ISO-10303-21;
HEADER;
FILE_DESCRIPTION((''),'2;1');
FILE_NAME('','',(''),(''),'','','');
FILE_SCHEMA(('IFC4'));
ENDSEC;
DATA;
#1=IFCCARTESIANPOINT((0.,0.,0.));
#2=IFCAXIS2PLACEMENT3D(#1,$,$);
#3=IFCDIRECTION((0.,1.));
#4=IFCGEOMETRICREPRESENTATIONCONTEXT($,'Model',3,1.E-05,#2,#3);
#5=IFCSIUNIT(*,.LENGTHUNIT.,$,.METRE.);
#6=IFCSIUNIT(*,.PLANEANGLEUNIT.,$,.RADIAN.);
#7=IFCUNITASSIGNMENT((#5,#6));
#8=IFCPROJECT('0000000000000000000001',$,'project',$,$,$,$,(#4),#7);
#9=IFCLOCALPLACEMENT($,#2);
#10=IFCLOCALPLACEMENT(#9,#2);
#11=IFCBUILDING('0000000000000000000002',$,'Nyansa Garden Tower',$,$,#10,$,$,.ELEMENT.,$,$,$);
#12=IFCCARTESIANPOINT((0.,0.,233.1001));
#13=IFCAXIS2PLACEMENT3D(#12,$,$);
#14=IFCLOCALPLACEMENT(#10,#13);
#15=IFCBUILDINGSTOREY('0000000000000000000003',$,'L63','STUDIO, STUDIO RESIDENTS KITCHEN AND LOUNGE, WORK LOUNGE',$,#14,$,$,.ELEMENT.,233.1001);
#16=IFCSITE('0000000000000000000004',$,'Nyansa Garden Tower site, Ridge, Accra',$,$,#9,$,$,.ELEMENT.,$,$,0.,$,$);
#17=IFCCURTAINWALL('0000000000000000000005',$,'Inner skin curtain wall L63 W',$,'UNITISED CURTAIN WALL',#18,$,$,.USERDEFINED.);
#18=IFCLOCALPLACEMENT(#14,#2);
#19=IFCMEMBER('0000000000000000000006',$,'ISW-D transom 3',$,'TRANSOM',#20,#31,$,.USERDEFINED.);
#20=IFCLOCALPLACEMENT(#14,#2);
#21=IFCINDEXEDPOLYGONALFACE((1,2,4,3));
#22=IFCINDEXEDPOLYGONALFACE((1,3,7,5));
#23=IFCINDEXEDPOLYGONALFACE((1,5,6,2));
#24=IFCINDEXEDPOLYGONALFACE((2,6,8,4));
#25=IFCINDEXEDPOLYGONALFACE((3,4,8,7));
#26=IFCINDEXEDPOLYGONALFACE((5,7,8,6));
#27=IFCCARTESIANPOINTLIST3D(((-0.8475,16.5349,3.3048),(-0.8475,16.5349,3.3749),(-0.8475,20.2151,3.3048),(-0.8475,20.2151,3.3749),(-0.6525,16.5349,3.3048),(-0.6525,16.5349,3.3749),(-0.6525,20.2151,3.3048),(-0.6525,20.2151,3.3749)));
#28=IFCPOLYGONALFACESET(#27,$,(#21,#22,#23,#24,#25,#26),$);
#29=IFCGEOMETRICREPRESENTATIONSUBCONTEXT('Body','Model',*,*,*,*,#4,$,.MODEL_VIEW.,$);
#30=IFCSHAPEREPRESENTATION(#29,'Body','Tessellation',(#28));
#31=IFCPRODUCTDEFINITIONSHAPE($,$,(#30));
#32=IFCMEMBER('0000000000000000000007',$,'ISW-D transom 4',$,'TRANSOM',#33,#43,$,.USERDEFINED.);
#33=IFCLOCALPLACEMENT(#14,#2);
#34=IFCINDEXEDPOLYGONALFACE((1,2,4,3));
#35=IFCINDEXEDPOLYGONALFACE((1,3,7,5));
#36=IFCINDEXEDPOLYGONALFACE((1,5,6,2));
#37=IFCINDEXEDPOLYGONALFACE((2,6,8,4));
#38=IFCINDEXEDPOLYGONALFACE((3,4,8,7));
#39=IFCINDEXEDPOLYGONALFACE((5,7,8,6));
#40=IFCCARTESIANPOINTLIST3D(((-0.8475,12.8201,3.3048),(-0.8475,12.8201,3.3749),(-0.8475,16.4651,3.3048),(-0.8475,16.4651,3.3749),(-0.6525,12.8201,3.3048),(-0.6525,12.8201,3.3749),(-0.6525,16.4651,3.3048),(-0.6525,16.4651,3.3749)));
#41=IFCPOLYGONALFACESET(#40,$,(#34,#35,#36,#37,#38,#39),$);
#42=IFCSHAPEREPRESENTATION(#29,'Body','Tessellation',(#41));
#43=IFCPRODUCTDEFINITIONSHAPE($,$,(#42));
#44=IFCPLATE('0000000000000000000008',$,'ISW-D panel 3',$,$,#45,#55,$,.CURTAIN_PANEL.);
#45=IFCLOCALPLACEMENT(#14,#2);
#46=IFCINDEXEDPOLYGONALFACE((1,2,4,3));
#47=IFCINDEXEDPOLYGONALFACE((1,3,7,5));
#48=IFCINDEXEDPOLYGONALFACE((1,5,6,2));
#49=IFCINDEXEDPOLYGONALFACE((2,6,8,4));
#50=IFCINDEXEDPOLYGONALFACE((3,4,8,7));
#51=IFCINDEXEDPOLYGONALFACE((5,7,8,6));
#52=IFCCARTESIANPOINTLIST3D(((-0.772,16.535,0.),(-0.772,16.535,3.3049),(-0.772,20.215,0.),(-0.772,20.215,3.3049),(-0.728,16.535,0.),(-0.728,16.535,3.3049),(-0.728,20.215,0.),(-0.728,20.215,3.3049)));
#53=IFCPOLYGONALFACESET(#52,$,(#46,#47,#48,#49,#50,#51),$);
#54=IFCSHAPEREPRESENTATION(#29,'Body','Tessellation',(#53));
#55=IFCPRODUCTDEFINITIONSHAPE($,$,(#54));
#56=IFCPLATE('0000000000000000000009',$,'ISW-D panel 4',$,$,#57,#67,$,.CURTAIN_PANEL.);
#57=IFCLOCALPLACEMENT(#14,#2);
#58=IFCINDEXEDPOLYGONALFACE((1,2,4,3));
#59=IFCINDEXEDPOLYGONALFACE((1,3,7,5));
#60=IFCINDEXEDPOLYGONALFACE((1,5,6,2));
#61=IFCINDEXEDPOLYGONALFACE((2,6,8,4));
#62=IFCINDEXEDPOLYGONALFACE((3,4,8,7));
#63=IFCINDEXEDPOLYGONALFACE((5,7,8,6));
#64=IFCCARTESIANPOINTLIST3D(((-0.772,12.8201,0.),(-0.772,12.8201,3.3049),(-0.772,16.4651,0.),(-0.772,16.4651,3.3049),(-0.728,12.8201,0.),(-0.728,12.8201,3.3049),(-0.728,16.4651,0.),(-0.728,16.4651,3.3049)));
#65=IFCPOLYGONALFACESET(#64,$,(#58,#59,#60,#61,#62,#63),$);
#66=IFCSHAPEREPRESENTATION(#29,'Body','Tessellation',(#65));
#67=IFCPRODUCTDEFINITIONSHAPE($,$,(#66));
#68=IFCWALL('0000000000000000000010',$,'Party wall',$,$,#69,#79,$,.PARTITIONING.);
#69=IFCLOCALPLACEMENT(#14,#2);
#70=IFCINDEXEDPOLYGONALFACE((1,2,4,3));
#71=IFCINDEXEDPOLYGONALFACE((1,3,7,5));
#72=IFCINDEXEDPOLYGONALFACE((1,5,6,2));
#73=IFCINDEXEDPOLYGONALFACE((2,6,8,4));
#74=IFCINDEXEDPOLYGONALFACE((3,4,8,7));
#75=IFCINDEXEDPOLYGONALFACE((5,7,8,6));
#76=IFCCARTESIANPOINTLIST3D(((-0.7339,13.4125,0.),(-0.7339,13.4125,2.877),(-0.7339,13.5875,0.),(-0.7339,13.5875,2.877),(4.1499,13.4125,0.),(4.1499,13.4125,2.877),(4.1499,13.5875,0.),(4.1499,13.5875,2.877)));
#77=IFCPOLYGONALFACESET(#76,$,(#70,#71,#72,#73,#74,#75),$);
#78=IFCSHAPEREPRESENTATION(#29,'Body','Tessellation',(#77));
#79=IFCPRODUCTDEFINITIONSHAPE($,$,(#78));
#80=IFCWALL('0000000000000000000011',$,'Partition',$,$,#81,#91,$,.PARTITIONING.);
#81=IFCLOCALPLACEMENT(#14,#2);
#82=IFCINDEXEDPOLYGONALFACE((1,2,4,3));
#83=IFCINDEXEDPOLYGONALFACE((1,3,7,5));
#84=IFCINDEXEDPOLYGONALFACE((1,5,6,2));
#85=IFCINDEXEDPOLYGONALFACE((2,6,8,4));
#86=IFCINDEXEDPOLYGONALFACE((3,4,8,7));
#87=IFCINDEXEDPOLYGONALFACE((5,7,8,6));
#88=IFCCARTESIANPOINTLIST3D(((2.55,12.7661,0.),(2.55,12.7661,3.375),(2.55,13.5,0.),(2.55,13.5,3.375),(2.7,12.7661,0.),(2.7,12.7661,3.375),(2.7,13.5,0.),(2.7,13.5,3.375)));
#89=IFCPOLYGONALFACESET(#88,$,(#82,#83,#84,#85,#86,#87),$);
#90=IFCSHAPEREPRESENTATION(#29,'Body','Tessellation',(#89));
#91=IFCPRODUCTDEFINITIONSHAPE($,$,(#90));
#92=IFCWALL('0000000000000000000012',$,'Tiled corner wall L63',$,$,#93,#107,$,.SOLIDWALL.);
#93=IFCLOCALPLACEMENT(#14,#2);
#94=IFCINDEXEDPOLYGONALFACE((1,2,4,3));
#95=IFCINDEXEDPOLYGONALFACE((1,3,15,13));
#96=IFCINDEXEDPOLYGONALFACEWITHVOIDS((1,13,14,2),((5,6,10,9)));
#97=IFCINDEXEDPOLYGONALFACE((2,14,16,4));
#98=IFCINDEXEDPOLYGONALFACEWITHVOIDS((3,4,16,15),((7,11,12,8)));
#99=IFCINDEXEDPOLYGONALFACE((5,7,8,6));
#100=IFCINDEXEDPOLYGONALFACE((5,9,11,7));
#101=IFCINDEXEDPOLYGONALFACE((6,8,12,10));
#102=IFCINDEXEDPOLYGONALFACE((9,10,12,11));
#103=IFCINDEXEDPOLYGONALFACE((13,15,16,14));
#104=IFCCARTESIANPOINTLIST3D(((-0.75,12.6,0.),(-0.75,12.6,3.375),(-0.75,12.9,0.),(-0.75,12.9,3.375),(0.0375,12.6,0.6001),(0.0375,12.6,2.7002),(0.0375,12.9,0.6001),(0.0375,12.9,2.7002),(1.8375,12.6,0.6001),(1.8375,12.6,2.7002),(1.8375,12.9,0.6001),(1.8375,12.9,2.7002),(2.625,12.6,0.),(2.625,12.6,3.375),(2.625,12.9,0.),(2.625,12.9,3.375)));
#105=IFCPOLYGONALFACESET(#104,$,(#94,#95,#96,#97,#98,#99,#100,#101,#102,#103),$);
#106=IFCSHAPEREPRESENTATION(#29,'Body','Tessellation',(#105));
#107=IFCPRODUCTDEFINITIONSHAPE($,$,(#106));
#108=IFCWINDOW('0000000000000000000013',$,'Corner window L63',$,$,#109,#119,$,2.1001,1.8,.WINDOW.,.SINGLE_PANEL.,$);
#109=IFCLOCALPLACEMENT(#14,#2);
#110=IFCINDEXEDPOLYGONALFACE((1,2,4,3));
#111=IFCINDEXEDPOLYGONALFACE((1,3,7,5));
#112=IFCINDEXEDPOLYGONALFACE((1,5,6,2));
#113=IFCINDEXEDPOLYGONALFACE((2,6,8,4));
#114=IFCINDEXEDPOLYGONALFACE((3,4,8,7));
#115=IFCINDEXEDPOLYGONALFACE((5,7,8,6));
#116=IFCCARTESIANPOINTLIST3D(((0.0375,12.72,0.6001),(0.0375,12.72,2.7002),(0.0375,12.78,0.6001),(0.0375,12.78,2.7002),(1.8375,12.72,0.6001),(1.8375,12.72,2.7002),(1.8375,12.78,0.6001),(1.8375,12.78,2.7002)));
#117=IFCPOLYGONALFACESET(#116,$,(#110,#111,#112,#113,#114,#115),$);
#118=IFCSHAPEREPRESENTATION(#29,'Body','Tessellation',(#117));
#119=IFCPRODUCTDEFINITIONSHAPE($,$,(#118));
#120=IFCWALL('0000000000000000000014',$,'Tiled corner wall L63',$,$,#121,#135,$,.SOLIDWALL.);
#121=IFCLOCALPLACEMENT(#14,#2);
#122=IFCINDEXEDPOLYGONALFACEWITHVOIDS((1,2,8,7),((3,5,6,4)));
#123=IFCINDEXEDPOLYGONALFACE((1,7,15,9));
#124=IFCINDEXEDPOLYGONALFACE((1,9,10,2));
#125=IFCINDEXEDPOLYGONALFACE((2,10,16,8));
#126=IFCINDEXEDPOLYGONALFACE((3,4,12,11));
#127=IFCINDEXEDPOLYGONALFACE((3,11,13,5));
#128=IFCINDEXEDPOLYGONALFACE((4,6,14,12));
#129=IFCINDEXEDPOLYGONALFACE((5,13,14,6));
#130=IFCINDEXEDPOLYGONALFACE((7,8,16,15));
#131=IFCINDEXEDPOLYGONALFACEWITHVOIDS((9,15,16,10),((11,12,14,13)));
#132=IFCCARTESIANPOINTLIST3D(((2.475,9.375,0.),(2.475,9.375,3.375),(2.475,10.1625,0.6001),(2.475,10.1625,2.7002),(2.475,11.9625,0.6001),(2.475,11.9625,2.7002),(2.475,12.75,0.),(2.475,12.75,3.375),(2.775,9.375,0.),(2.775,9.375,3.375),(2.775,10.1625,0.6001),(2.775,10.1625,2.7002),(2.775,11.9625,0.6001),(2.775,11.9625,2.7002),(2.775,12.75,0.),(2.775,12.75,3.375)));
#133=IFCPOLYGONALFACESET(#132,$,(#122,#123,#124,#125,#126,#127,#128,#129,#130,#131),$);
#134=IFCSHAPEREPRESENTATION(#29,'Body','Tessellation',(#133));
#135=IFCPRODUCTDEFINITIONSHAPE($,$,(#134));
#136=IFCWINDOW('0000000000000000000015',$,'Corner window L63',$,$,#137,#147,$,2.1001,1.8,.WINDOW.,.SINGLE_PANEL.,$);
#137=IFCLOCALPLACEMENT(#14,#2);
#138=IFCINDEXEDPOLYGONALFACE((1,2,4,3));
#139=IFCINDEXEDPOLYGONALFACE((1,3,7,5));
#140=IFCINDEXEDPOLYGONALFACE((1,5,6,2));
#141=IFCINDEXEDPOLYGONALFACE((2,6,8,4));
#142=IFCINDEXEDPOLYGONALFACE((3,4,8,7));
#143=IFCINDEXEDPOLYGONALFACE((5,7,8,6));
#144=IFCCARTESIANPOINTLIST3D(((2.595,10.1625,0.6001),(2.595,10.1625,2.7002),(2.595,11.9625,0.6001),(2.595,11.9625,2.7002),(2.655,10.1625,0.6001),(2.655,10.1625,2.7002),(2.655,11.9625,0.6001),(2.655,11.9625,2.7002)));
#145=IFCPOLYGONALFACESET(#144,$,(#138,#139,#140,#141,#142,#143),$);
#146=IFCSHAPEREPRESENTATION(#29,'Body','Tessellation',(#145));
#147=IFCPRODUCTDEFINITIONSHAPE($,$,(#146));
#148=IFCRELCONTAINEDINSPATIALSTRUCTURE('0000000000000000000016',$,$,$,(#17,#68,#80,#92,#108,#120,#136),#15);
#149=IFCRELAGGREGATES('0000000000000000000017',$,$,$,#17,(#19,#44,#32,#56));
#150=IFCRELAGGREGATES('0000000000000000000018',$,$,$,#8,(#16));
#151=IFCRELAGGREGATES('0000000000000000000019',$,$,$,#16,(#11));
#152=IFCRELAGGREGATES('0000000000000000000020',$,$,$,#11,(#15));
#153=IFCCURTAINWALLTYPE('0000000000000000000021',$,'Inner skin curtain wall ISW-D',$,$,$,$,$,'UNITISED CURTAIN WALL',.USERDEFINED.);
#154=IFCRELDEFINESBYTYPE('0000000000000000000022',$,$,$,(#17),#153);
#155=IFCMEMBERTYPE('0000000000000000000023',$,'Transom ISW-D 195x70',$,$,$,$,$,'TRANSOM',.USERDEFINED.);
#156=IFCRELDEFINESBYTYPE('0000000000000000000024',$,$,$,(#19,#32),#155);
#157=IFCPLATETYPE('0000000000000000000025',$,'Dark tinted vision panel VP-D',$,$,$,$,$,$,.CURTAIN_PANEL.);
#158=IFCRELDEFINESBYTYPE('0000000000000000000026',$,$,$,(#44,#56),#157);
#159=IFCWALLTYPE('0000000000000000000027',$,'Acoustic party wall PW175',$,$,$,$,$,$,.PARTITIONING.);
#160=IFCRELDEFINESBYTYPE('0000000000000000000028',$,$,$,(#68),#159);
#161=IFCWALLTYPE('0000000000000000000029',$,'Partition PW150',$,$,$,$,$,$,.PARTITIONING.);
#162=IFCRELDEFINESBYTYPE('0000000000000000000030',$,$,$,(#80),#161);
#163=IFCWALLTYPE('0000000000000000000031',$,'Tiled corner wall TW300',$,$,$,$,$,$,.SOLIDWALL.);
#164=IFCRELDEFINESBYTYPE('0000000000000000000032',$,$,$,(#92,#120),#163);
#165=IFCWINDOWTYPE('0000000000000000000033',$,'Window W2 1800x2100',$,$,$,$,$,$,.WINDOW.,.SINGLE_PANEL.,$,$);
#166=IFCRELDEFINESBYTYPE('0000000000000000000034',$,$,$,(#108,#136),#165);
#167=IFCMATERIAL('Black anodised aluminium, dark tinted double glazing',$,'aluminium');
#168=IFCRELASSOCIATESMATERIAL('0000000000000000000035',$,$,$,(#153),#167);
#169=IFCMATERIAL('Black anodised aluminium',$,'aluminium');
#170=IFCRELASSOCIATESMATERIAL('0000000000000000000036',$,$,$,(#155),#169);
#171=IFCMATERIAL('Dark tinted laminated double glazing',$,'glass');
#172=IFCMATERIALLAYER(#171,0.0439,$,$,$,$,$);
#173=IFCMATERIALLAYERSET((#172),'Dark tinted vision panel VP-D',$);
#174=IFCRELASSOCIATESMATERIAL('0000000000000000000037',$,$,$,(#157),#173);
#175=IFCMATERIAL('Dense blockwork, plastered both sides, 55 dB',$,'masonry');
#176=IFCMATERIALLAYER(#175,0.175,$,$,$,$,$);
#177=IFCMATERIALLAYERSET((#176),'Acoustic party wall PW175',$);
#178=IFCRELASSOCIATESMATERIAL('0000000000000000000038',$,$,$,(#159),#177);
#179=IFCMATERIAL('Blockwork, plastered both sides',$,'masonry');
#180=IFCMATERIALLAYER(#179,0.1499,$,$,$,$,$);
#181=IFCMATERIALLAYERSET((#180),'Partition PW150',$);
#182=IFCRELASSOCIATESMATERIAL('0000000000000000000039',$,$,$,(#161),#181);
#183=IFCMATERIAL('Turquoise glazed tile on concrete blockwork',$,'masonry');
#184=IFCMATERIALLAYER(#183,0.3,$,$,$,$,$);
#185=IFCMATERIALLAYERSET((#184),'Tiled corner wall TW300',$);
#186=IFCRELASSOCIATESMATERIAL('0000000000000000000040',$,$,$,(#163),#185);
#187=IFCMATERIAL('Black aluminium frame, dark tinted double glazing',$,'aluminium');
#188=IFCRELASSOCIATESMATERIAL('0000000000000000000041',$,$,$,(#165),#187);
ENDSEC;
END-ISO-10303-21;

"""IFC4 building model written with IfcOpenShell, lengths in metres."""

from ifc_helpers import new_model, si_unit, direction, frame, frame_2d, origin, origin_2d, place, context, subcontext, project, spatial, rectangle, extrude, material, layer, layer_set, material_profile, profile_set, type_object, element, fill, aggregate, save


model = new_model("IFC4")

# Units and contexts
model_context = context("Model", 3, precision=1e-05, world=origin(), true_north=direction((0.0, 1.0)))
body_context = subcontext(model_context, "Body", "Model", "MODEL_VIEW")
ifc_project = project(units=[si_unit("LENGTHUNIT", "METRE"), si_unit("PLANEANGLEUNIT", "RADIAN")], contexts=[model_context])

# Site, building, storey
site_placement = place(None, origin())
site = spatial("IfcSite", under=ifc_project, at=site_placement, Name="Nyansa Garden Tower site, Ridge, Accra", CompositionType="ELEMENT", RefElevation=0.0)
building_placement = place(site_placement, origin())
building = spatial("IfcBuilding", under=site, at=building_placement, Name="Nyansa Garden Tower", CompositionType="ELEMENT")
storey_placement = place(building_placement, frame((0.0, 0.0, 233.1001)))
storey = spatial("IfcBuildingStorey", under=building, at=storey_placement, Name="L63", Description="STUDIO, STUDIO RESIDENTS KITCHEN AND LOUNGE, WORK LOUNGE", CompositionType="ELEMENT", Elevation=233.1001)

# Curtain wall
ifc_material_1 = material(Name="Black anodised aluminium, dark tinted double glazing", Category="aluminium")
curtain_wall_type = type_object("IfcCurtainWallType", Name="Inner skin curtain wall ISW-D", ElementType="UNITISED CURTAIN WALL", PredefinedType="USERDEFINED", material=ifc_material_1)
curtain_wall_placement = place(storey_placement, origin())
curtain_wall = element("IfcCurtainWall", 1, at=curtain_wall_placement, inside=storey, type_object=curtain_wall_type, Name="Inner skin curtain wall L63 W", ObjectType="UNITISED CURTAIN WALL", PredefinedType="USERDEFINED")

# Members
ifc_material_2 = material(Name="Black anodised aluminium", Category="aluminium")
ifc_material_profile_1 = material_profile(ifc_material_2, rectangle(XDim=0.1951, YDim=0.0701, at=origin_2d()), Name="Transom 195x70")
ifc_profile_set_1 = profile_set([ifc_material_profile_1], Name="Black anodised aluminium")
member_type_1 = type_object("IfcMemberType", Name="Transom ISW-D 195x70", ElementType="TRANSOM", PredefinedType="USERDEFINED", material=ifc_profile_set_1)
member_1_placement = place(storey_placement, frame((-0.75, 20.2151, 3.3398), z_axis=(0.0, -1.0, 0.0), x_axis=(1.0, 0.0, 0.0)))
member_1 = element("IfcMember", 2, at=member_1_placement, type_object=member_type_1, Name="ISW-D transom 3", ObjectType="TRANSOM", PredefinedType="USERDEFINED", context=body_context, shape_type="SweptSolid", body=[
    extrude(rectangle(XDim=0.1951, YDim=0.0701, at=origin_2d()), origin(), (0.0, 0.0, 1.0), 3.6802),
])
member_2_placement = place(storey_placement, frame((-0.75, 16.4651, 3.3398), z_axis=(0.0, -1.0, 0.0), x_axis=(1.0, 0.0, 0.0)))
member_2 = element("IfcMember", 3, at=member_2_placement, type_object=member_type_1, Name="ISW-D transom 4", ObjectType="TRANSOM", PredefinedType="USERDEFINED", context=body_context, shape_type="SweptSolid", body=[
    extrude(rectangle(XDim=0.1951, YDim=0.0701, at=origin_2d()), origin(), (0.0, 0.0, 1.0), 3.645),
])

# Plates
ifc_material_3 = material(Name="Dark tinted laminated double glazing", Category="glass")
ifc_layer_1 = layer(ifc_material_3, 0.0439)
ifc_layer_set_1 = layer_set([ifc_layer_1], Name="Dark tinted vision panel VP-D")
plate_type = type_object("IfcPlateType", Name="Dark tinted vision panel VP-D", PredefinedType="CURTAIN_PANEL", material=ifc_layer_set_1)
plate_1_placement = place(storey_placement, frame((-0.75, 18.375, 0.0), z_axis=(0.0, 0.0, 1.0), x_axis=(0.0, -1.0, 0.0)))
plate_1 = element("IfcPlate", 4, at=plate_1_placement, type_object=plate_type, Name="ISW-D panel 3", PredefinedType="CURTAIN_PANEL", context=body_context, shape_type="SweptSolid", body=[
    extrude(rectangle(XDim=3.6799, YDim=0.0439, at=origin_2d()), origin(), (0.0, 0.0, 1.0), 3.3049),
])
plate_2_placement = place(storey_placement, frame((-0.75, 14.6426, 0.0), z_axis=(0.0, 0.0, 1.0), x_axis=(0.0, -1.0, 0.0)))
plate_2 = element("IfcPlate", 5, at=plate_2_placement, type_object=plate_type, Name="ISW-D panel 4", PredefinedType="CURTAIN_PANEL", context=body_context, shape_type="SweptSolid", body=[
    extrude(rectangle(XDim=3.645, YDim=0.0439, at=origin_2d()), origin(), (0.0, 0.0, 1.0), 3.3049),
])
aggregate(curtain_wall, [member_1, plate_1, member_2, plate_2])

# Walls
ifc_material_4 = material(Name="Dense blockwork, plastered both sides, 55 dB", Category="masonry")
ifc_layer_2 = layer(ifc_material_4, 0.175)
ifc_layer_set_2 = layer_set([ifc_layer_2], Name="Acoustic party wall PW175")
wall_type_1 = type_object("IfcWallType", Name="Acoustic party wall PW175", PredefinedType="PARTITIONING", material=ifc_layer_set_2)
wall_1_placement = place(storey_placement, frame((-0.7339, 13.5, 0.0), z_axis=(0.0, 0.0, 1.0), x_axis=(1.0, 0.0, 0.0)))
element("IfcWall", 6, at=wall_1_placement, inside=storey, type_object=wall_type_1, Name="Party wall", PredefinedType="PARTITIONING", context=body_context, shape_type="SweptSolid", body=[
    extrude(rectangle(XDim=4.8838, YDim=0.175, at=frame_2d((2.4419, 0.0))), origin(), (0.0, 0.0, 1.0), 2.877),
])
ifc_material_5 = material(Name="Blockwork, plastered both sides", Category="masonry")
ifc_layer_3 = layer(ifc_material_5, 0.1499)
ifc_layer_set_3 = layer_set([ifc_layer_3], Name="Partition PW150")
wall_type_2 = type_object("IfcWallType", Name="Partition PW150", PredefinedType="PARTITIONING", material=ifc_layer_set_3)
wall_2_placement = place(storey_placement, frame((2.625, 12.7661, 0.0), z_axis=(0.0, 0.0, 1.0), x_axis=(0.0, 1.0, 0.0)))
element("IfcWall", 7, at=wall_2_placement, inside=storey, type_object=wall_type_2, Name="Partition", PredefinedType="PARTITIONING", context=body_context, shape_type="SweptSolid", body=[
    extrude(rectangle(XDim=0.7339, YDim=0.1499, at=frame_2d((0.3669, 0.0))), origin(), (0.0, 0.0, 1.0), 3.375),
])

# Walls, openings, windows
ifc_material_6 = material(Name="Turquoise glazed tile on concrete blockwork", Category="masonry")
ifc_layer_4 = layer(ifc_material_6, 0.3)
ifc_layer_set_4 = layer_set([ifc_layer_4], Name="Tiled corner wall TW300")
wall_type_3 = type_object("IfcWallType", Name="Tiled corner wall TW300", PredefinedType="SOLIDWALL", material=ifc_layer_set_4)
wall_3_placement = place(storey_placement, frame((-0.75, 12.75, 0.0), z_axis=(0.0, 0.0, 1.0), x_axis=(1.0, 0.0, 0.0)))
wall_3 = element("IfcWall", 8, at=wall_3_placement, inside=storey, type_object=wall_type_3, Name="Tiled corner wall L63", PredefinedType="SOLIDWALL", context=body_context, shape_type="SweptSolid", body=[
    extrude(rectangle(XDim=3.375, YDim=0.3, at=frame_2d((1.6875, 0.0))), origin(), (0.0, 0.0, 1.0), 3.375),
])
opening_1_placement = place(wall_3_placement, frame((0.7876, 0.0, 0.6001)))
opening_1 = element("IfcOpeningElement", 9, at=opening_1_placement, cuts=wall_3, PredefinedType="OPENING", context=body_context, shape_type="SweptSolid", body=[
    extrude(rectangle(XDim=1.8, YDim=2.1001, at=frame_2d((0.8999, 1.05))), frame((0.0, 0.1599, 0.0), z_axis=(0.0, -1.0, 0.0), x_axis=(1.0, 0.0, 0.0)), (0.0, 0.0, 1.0), 0.3201),
])
ifc_material_7 = material(Name="Black aluminium frame, dark tinted double glazing", Category="aluminium")
window_type = type_object("IfcWindowType", Name="Window W2 1800x2100", PartitioningType="SINGLE_PANEL", PredefinedType="WINDOW", material=ifc_material_7)
window_1_placement = place(opening_1_placement, origin())
window_1 = element("IfcWindow", 10, at=window_1_placement, inside=storey, type_object=window_type, Name="Corner window L63", OverallHeight=2.1001, OverallWidth=1.8, PartitioningType="SINGLE_PANEL", PredefinedType="WINDOW", context=body_context, shape_type="SweptSolid", body=[
    extrude(rectangle(XDim=1.8, YDim=2.1001, at=frame_2d((0.8999, 1.05))), frame((0.0, 0.03, 0.0), z_axis=(0.0, -1.0, 0.0), x_axis=(1.0, 0.0, 0.0)), (0.0, 0.0, 1.0), 0.0601),
])
fill(opening_1, window_1)
wall_4_placement = place(storey_placement, frame((2.625, 12.75, 0.0), z_axis=(0.0, 0.0, 1.0), x_axis=(0.0, -1.0, 0.0)))
wall_4 = element("IfcWall", 11, at=wall_4_placement, inside=storey, type_object=wall_type_3, Name="Tiled corner wall L63", PredefinedType="SOLIDWALL", context=body_context, shape_type="SweptSolid", body=[
    extrude(rectangle(XDim=3.375, YDim=0.3, at=frame_2d((1.6875, 0.0))), origin(), (0.0, 0.0, 1.0), 3.375),
])
opening_2_placement = place(wall_4_placement, frame((0.7876, 0.0, 0.6001)))
opening_2 = element("IfcOpeningElement", 12, at=opening_2_placement, cuts=wall_4, PredefinedType="OPENING", context=body_context, shape_type="SweptSolid", body=[
    extrude(rectangle(XDim=1.8, YDim=2.1001, at=frame_2d((0.8999, 1.05))), frame((0.0, 0.1599, 0.0), z_axis=(0.0, -1.0, 0.0), x_axis=(1.0, 0.0, 0.0)), (0.0, 0.0, 1.0), 0.3201),
])
window_2_placement = place(opening_2_placement, origin())
window_2 = element("IfcWindow", 13, at=window_2_placement, inside=storey, type_object=window_type, Name="Corner window L63", OverallHeight=2.1001, OverallWidth=1.8, PartitioningType="SINGLE_PANEL", PredefinedType="WINDOW", context=body_context, shape_type="SweptSolid", body=[
    extrude(rectangle(XDim=1.8, YDim=2.1001, at=frame_2d((0.8999, 1.05))), frame((0.0, 0.03, 0.0), z_axis=(0.0, -1.0, 0.0), x_axis=(1.0, 0.0, 0.0)), (0.0, 0.0, 1.0), 0.0601),
])
fill(opening_2, window_2)

save(model, "model.ifc")
